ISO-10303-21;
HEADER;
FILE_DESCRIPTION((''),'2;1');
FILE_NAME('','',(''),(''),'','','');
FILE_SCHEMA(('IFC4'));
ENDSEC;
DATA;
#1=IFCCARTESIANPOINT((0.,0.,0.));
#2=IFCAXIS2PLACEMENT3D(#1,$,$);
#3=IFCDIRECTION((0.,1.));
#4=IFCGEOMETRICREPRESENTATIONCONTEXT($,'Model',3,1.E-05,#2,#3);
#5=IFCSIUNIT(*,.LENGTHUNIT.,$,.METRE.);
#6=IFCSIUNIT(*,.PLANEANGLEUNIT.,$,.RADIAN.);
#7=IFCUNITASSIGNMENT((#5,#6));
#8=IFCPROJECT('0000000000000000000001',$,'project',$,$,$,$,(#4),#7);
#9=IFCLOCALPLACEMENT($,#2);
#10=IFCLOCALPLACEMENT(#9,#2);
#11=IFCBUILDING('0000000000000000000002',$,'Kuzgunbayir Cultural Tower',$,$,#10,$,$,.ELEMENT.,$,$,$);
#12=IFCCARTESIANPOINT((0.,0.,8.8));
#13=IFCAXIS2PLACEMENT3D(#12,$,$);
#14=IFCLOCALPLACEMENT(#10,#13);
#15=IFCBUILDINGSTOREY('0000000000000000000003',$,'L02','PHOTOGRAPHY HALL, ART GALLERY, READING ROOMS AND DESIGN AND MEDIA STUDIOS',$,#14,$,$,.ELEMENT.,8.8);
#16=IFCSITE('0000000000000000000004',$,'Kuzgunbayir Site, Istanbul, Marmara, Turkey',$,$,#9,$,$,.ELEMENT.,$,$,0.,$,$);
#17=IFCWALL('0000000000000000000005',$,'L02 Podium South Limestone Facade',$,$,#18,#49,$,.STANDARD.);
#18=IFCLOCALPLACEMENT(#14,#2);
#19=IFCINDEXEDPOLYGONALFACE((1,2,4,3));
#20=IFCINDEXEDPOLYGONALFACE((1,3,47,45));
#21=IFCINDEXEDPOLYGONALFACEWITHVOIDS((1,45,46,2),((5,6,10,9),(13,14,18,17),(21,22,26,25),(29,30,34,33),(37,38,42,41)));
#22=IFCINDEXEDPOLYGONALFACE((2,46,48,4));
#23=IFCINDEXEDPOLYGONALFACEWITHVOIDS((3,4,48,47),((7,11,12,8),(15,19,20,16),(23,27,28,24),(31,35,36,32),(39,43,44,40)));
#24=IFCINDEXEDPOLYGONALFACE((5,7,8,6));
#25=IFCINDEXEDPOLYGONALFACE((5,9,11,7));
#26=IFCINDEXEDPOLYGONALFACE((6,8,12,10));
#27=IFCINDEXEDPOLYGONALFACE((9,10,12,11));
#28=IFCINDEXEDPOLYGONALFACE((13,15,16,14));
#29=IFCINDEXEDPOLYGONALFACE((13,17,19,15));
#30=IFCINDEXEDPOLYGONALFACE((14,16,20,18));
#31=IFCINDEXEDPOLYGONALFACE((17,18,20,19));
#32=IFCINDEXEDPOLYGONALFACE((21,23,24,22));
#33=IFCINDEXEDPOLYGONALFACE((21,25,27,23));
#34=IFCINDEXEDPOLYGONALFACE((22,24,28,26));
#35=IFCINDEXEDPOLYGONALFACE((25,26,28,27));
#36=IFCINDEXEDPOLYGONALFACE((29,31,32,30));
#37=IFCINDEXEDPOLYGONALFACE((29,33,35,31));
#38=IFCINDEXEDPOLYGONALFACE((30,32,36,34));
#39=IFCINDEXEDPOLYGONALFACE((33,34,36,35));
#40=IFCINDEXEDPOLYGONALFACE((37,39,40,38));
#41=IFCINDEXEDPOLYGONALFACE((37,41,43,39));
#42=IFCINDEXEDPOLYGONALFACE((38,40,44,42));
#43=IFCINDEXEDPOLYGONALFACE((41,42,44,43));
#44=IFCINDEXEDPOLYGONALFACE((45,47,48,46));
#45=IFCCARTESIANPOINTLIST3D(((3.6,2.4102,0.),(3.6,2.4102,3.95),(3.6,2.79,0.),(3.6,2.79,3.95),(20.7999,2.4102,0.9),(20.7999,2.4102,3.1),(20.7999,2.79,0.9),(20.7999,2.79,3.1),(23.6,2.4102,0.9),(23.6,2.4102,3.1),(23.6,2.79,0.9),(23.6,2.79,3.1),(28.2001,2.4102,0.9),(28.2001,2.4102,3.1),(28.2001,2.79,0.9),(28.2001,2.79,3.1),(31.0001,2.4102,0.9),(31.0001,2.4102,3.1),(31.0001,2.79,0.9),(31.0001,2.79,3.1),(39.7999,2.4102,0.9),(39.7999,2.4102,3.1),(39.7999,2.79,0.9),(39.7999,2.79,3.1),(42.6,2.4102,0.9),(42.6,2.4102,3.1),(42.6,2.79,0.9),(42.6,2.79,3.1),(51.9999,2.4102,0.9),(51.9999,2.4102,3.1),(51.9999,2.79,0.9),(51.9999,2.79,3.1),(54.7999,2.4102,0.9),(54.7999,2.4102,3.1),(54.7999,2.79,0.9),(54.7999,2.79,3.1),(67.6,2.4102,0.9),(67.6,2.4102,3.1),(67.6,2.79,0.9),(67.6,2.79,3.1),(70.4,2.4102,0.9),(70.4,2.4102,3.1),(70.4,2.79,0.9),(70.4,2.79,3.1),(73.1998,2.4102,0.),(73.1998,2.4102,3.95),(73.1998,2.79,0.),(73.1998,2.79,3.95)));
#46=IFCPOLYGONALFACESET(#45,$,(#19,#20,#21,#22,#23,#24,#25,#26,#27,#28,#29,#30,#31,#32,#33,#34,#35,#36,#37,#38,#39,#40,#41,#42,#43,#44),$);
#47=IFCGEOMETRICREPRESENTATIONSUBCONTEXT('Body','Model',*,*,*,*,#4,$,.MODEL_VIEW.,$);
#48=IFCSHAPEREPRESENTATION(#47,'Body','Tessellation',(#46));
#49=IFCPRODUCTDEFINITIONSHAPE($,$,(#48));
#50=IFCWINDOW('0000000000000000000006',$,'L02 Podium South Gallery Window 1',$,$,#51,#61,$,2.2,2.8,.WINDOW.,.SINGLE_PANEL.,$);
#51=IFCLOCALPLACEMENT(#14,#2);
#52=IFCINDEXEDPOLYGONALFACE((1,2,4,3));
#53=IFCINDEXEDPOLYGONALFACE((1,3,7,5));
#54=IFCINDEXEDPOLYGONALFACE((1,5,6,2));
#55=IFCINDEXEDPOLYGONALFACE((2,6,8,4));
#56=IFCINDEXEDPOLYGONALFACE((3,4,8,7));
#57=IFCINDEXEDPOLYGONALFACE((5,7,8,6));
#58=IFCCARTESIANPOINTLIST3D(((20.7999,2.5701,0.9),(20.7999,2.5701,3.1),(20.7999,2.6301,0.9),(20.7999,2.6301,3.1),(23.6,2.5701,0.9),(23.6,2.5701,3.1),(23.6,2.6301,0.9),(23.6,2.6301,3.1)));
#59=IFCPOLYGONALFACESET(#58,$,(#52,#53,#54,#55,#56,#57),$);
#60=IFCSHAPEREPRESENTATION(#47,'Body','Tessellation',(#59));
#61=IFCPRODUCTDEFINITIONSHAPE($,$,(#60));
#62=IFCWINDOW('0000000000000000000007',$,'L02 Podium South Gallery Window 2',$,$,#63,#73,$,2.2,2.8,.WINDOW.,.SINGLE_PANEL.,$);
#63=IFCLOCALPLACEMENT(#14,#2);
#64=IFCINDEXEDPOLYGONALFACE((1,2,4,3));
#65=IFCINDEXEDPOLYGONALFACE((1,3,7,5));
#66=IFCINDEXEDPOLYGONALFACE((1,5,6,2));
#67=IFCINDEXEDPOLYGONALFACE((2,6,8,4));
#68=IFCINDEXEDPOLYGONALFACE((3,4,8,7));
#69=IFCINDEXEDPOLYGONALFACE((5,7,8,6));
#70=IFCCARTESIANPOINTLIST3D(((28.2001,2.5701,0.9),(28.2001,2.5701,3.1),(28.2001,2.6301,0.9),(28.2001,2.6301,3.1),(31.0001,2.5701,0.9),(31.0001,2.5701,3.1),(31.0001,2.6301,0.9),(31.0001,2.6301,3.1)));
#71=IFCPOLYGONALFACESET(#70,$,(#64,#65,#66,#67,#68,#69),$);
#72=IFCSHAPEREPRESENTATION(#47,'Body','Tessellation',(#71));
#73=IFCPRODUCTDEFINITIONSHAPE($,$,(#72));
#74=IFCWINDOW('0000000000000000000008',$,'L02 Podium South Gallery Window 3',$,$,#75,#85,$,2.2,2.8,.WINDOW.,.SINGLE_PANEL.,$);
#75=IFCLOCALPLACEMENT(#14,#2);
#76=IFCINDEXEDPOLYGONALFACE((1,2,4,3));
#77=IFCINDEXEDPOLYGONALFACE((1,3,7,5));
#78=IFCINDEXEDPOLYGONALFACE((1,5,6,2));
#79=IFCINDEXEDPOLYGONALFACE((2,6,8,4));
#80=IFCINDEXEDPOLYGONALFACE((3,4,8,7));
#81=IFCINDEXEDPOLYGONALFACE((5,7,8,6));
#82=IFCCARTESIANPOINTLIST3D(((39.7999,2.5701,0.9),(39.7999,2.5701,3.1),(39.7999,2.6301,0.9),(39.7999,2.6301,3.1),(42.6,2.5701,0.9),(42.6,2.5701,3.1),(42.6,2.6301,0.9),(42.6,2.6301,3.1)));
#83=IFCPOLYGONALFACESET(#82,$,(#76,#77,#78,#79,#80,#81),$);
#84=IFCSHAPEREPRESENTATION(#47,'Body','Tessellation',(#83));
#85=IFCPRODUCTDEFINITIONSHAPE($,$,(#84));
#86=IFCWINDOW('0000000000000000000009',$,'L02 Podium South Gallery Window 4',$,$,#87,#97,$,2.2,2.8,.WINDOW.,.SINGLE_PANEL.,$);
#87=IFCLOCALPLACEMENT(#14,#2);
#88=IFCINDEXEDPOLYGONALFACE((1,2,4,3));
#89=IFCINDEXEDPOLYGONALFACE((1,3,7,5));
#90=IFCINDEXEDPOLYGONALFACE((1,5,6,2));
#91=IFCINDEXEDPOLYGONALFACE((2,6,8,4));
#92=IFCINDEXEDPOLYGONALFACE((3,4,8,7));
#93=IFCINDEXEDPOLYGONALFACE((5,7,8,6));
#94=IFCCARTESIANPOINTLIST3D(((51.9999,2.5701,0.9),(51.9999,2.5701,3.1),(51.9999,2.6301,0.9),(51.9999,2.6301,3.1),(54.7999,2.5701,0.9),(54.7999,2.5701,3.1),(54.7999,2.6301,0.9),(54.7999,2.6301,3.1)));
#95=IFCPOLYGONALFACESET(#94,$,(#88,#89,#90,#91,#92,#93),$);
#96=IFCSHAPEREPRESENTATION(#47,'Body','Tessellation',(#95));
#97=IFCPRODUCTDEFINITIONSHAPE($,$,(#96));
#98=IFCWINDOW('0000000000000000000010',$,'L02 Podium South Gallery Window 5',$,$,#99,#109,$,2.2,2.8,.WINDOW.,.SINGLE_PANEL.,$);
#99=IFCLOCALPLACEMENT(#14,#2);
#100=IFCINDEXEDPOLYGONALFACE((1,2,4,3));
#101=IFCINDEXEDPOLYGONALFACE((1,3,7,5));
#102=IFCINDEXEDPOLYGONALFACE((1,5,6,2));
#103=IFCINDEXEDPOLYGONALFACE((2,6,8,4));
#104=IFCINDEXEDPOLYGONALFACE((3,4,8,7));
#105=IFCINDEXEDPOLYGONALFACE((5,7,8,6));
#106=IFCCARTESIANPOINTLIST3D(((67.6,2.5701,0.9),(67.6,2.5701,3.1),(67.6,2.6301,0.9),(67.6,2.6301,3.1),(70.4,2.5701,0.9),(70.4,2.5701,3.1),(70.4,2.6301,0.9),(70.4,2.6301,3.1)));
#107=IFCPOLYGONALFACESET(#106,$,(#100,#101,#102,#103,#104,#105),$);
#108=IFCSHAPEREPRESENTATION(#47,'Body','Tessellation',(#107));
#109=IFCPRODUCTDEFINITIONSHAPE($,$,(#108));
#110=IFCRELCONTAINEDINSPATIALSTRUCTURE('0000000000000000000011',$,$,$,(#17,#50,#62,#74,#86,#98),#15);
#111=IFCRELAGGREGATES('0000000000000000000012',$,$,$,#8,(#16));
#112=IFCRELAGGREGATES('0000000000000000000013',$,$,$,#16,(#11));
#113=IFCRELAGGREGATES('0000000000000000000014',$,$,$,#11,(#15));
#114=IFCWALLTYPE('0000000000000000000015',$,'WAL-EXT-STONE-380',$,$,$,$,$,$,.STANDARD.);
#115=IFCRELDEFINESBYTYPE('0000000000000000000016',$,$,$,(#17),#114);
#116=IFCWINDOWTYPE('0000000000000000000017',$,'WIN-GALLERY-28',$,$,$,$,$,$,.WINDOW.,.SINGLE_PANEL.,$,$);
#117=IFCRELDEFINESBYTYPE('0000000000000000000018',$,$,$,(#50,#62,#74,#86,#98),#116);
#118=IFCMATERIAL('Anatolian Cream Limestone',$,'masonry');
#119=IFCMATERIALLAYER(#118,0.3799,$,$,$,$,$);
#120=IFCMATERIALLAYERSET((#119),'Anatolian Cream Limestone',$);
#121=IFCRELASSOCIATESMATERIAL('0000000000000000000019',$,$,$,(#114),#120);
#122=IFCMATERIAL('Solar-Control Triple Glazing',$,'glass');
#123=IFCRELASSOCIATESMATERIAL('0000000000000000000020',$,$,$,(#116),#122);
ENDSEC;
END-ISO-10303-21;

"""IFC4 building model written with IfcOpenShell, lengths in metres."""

from ifc_helpers import new_model, si_unit, direction, frame, frame_2d, origin, place, context, subcontext, project, spatial, rectangle, extrude, material, layer, layer_set, type_object, element, fill, save


model = new_model("IFC4")

# Units and contexts
model_context = context("Model", 3, precision=1e-05, world=origin(), true_north=direction((0.0, 1.0)))
body_context = subcontext(model_context, "Body", "Model", "MODEL_VIEW")
ifc_project = project(units=[si_unit("LENGTHUNIT", "METRE"), si_unit("PLANEANGLEUNIT", "RADIAN")], contexts=[model_context])

# Site, building, storey
site_placement = place(None, origin())
site = spatial("IfcSite", under=ifc_project, at=site_placement, Name="Kuzgunbayir Site, Istanbul, Marmara, Turkey", CompositionType="ELEMENT", RefElevation=0.0)
building_placement = place(site_placement, origin())
building = spatial("IfcBuilding", under=site, at=building_placement, Name="Kuzgunbayir Cultural Tower", CompositionType="ELEMENT")
storey_placement = place(building_placement, frame((0.0, 0.0, 8.8)))
storey = spatial("IfcBuildingStorey", under=building, at=storey_placement, Name="L02", Description="PHOTOGRAPHY HALL, ART GALLERY, READING ROOMS AND DESIGN AND MEDIA STUDIOS", CompositionType="ELEMENT", Elevation=8.8)

# Wall, openings, windows
ifc_material_1 = material(Name="Anatolian Cream Limestone", Category="masonry")
ifc_layer_1 = layer(ifc_material_1, 0.3799)
ifc_layer_set_1 = layer_set([ifc_layer_1], Name="Anatolian Cream Limestone")
wall_type = type_object("IfcWallType", Name="WAL-EXT-STONE-380", PredefinedType="STANDARD", material=ifc_layer_set_1)
wall_placement = place(storey_placement, frame((3.6001, 2.6001, 0.0), z_axis=(0.0, 0.0, 1.0), x_axis=(1.0, 0.0, 0.0)))
wall = element("IfcWall", 1, at=wall_placement, inside=storey, type_object=wall_type, Name="L02 Podium South Limestone Facade", PredefinedType="STANDARD", context=body_context, shape_type="SweptSolid", body=[
    extrude(rectangle(XDim=69.5999, YDim=0.3799, at=frame_2d((34.7998, 0.0))), origin(), (0.0, 0.0, 1.0), 3.95),
])
opening_1_placement = place(wall_placement, frame((17.2, 0.0, 0.8999)))
opening_1 = element("IfcOpeningElement", 2, at=opening_1_placement, cuts=wall, PredefinedType="OPENING", context=body_context, shape_type="SweptSolid", body=[
    extrude(rectangle(XDim=2.8, YDim=2.2, at=frame_2d((1.3999, 1.1001))), frame((0.0, 0.2, 0.0), z_axis=(0.0, -1.0, 0.0), x_axis=(1.0, 0.0, 0.0)), (0.0, 0.0, 1.0), 0.3999),
])
opening_2_placement = place(wall_placement, frame((24.6001, 0.0, 0.8999)))
opening_2 = element("IfcOpeningElement", 3, at=opening_2_placement, cuts=wall, PredefinedType="OPENING", context=body_context, shape_type="SweptSolid", body=[
    extrude(rectangle(XDim=2.8, YDim=2.2, at=frame_2d((1.3999, 1.1001))), frame((0.0, 0.2, 0.0), z_axis=(0.0, -1.0, 0.0), x_axis=(1.0, 0.0, 0.0)), (0.0, 0.0, 1.0), 0.3999),
])
opening_3_placement = place(wall_placement, frame((36.2, 0.0, 0.8999)))
opening_3 = element("IfcOpeningElement", 4, at=opening_3_placement, cuts=wall, PredefinedType="OPENING", context=body_context, shape_type="SweptSolid", body=[
    extrude(rectangle(XDim=2.8, YDim=2.2, at=frame_2d((1.3999, 1.1001))), frame((0.0, 0.2, 0.0), z_axis=(0.0, -1.0, 0.0), x_axis=(1.0, 0.0, 0.0)), (0.0, 0.0, 1.0), 0.3999),
])
opening_4_placement = place(wall_placement, frame((48.3999, 0.0, 0.8999)))
opening_4 = element("IfcOpeningElement", 5, at=opening_4_placement, cuts=wall, PredefinedType="OPENING", context=body_context, shape_type="SweptSolid", body=[
    extrude(rectangle(XDim=2.8, YDim=2.2, at=frame_2d((1.3999, 1.1001))), frame((0.0, 0.2, 0.0), z_axis=(0.0, -1.0, 0.0), x_axis=(1.0, 0.0, 0.0)), (0.0, 0.0, 1.0), 0.3999),
])
opening_5_placement = place(wall_placement, frame((64.0, 0.0, 0.8999)))
opening_5 = element("IfcOpeningElement", 6, at=opening_5_placement, cuts=wall, PredefinedType="OPENING", context=body_context, shape_type="SweptSolid", body=[
    extrude(rectangle(XDim=2.8, YDim=2.2, at=frame_2d((1.3999, 1.1001))), frame((0.0, 0.2, 0.0), z_axis=(0.0, -1.0, 0.0), x_axis=(1.0, 0.0, 0.0)), (0.0, 0.0, 1.0), 0.3999),
])
ifc_material_2 = material(Name="Solar-Control Triple Glazing", Category="glass")
window_type = type_object("IfcWindowType", Name="WIN-GALLERY-28", PartitioningType="SINGLE_PANEL", PredefinedType="WINDOW", material=ifc_material_2)
window_1_placement = place(opening_1_placement, origin())
window_1 = element("IfcWindow", 7, at=window_1_placement, inside=storey, type_object=window_type, Name="L02 Podium South Gallery Window 1", OverallHeight=2.2, OverallWidth=2.8, PartitioningType="SINGLE_PANEL", PredefinedType="WINDOW", context=body_context, shape_type="SweptSolid", body=[
    extrude(rectangle(XDim=2.8, YDim=2.2, at=frame_2d((1.3999, 1.1001))), frame((0.0, 0.03, 0.0), z_axis=(0.0, -1.0, 0.0), x_axis=(1.0, 0.0, 0.0)), (0.0, 0.0, 1.0), 0.0601),
])
fill(opening_1, window_1)
window_2_placement = place(opening_2_placement, origin())
window_2 = element("IfcWindow", 8, at=window_2_placement, inside=storey, type_object=window_type, Name="L02 Podium South Gallery Window 2", OverallHeight=2.2, OverallWidth=2.8, PartitioningType="SINGLE_PANEL", PredefinedType="WINDOW", context=body_context, shape_type="SweptSolid", body=[
    extrude(rectangle(XDim=2.8, YDim=2.2, at=frame_2d((1.3999, 1.1001))), frame((0.0, 0.03, 0.0), z_axis=(0.0, -1.0, 0.0), x_axis=(1.0, 0.0, 0.0)), (0.0, 0.0, 1.0), 0.0601),
])
fill(opening_2, window_2)
window_3_placement = place(opening_3_placement, origin())
window_3 = element("IfcWindow", 9, at=window_3_placement, inside=storey, type_object=window_type, Name="L02 Podium South Gallery Window 3", OverallHeight=2.2, OverallWidth=2.8, PartitioningType="SINGLE_PANEL", PredefinedType="WINDOW", context=body_context, shape_type="SweptSolid", body=[
    extrude(rectangle(XDim=2.8, YDim=2.2, at=frame_2d((1.3999, 1.1001))), frame((0.0, 0.03, 0.0), z_axis=(0.0, -1.0, 0.0), x_axis=(1.0, 0.0, 0.0)), (0.0, 0.0, 1.0), 0.0601),
])
fill(opening_3, window_3)
window_4_placement = place(opening_4_placement, origin())
window_4 = element("IfcWindow", 10, at=window_4_placement, inside=storey, type_object=window_type, Name="L02 Podium South Gallery Window 4", OverallHeight=2.2, OverallWidth=2.8, PartitioningType="SINGLE_PANEL", PredefinedType="WINDOW", context=body_context, shape_type="SweptSolid", body=[
    extrude(rectangle(XDim=2.8, YDim=2.2, at=frame_2d((1.3999, 1.1001))), frame((0.0, 0.03, 0.0), z_axis=(0.0, -1.0, 0.0), x_axis=(1.0, 0.0, 0.0)), (0.0, 0.0, 1.0), 0.0601),
])
fill(opening_4, window_4)
window_5_placement = place(opening_5_placement, origin())
window_5 = element("IfcWindow", 11, at=window_5_placement, inside=storey, type_object=window_type, Name="L02 Podium South Gallery Window 5", OverallHeight=2.2, OverallWidth=2.8, PartitioningType="SINGLE_PANEL", PredefinedType="WINDOW", context=body_context, shape_type="SweptSolid", body=[
    extrude(rectangle(XDim=2.8, YDim=2.2, at=frame_2d((1.3999, 1.1001))), frame((0.0, 0.03, 0.0), z_axis=(0.0, -1.0, 0.0), x_axis=(1.0, 0.0, 0.0)), (0.0, 0.0, 1.0), 0.0601),
])
fill(opening_5, window_5)

save(model, "model.ifc")
